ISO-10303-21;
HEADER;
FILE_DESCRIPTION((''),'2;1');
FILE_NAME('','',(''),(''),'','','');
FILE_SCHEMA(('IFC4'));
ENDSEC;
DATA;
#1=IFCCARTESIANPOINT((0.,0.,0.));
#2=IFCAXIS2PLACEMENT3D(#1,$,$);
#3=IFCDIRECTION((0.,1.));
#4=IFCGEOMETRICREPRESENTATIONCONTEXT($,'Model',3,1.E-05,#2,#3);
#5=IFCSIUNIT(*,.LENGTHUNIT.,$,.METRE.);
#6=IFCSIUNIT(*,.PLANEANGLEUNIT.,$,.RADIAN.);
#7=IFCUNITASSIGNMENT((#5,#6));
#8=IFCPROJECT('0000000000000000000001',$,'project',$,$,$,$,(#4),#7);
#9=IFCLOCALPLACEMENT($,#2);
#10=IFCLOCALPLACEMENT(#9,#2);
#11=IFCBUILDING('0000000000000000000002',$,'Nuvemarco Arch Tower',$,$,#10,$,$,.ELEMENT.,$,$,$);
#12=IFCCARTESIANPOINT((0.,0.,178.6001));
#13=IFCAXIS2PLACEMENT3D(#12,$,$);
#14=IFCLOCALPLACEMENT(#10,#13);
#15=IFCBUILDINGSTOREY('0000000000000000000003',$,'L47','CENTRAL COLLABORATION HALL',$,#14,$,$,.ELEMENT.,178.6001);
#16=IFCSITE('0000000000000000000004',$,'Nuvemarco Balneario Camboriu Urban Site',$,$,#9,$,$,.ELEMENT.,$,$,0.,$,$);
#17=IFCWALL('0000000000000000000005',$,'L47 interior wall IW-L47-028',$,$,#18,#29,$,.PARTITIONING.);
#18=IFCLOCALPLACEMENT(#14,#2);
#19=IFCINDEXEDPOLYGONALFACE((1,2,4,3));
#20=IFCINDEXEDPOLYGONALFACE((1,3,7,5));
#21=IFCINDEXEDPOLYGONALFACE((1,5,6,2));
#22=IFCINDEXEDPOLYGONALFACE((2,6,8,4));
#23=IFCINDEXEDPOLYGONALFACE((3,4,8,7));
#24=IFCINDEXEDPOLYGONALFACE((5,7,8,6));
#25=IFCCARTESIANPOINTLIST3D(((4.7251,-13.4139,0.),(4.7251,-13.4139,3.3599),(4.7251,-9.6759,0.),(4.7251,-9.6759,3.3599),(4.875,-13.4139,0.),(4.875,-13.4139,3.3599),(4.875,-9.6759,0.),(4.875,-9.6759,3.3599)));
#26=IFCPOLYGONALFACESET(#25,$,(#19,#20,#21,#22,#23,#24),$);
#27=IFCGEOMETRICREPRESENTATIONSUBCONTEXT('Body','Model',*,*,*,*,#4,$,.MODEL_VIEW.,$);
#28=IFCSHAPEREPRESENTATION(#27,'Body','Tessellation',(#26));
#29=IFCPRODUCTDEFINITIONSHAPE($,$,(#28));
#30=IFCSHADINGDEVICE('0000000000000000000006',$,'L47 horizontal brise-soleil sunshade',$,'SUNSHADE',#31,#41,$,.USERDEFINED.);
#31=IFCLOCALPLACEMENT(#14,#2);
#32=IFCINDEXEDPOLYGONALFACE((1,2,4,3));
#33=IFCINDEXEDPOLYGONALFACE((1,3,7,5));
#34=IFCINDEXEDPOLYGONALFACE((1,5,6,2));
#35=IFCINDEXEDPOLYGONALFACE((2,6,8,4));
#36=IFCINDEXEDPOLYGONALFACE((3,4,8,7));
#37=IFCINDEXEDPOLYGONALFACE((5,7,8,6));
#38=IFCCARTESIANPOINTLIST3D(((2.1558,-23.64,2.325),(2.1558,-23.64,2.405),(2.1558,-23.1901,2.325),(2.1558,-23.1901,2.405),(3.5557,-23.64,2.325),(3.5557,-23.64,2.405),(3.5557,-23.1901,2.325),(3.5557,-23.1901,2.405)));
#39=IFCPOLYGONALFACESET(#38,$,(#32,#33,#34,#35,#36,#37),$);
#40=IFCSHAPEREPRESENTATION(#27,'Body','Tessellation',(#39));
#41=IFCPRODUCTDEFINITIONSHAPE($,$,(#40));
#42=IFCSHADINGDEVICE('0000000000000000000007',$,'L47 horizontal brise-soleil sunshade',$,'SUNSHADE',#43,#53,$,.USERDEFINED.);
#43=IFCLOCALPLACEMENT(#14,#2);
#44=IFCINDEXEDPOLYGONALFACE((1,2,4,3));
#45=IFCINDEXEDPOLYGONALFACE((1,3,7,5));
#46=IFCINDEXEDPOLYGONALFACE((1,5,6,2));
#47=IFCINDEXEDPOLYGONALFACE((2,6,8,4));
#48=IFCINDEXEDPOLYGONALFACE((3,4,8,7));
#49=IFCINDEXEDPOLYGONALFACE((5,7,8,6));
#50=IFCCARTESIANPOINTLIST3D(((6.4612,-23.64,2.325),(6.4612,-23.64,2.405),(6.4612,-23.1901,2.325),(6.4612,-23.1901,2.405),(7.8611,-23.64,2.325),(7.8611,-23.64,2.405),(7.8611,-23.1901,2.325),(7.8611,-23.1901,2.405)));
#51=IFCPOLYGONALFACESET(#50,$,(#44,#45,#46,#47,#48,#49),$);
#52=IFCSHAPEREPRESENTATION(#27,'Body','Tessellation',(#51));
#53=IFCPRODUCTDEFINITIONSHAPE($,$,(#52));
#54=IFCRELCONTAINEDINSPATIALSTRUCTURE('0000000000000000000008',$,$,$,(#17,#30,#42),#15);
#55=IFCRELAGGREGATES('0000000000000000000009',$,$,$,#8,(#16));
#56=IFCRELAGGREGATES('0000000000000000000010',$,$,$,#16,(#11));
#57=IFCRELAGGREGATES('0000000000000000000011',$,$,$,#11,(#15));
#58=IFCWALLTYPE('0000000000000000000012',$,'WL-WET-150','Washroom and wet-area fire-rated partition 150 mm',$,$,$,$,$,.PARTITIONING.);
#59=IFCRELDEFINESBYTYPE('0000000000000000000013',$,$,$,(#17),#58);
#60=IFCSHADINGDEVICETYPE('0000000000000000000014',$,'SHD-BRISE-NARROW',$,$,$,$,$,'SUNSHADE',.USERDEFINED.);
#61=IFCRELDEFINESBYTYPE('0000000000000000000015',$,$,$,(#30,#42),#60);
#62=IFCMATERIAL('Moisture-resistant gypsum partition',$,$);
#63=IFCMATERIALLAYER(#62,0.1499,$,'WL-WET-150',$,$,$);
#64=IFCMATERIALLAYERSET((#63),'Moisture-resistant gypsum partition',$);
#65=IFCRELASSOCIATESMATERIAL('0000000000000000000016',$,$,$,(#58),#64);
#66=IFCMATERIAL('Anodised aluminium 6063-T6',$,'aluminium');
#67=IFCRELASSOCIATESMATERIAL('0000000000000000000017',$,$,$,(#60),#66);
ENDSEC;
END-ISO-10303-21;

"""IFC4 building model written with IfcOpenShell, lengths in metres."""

from ifc_helpers import new_model, si_unit, direction, frame, frame_2d, origin, origin_2d, place, context, subcontext, project, spatial, rectangle, extrude, source, transform, mapped, material, layer, layer_set, type_object, type_shapes, element, save


model = new_model("IFC4")

# Units and contexts
model_context = context("Model", 3, precision=1e-05, world=origin(), true_north=direction((0.0, 1.0)))
body_context = subcontext(model_context, "Body", "Model", "MODEL_VIEW")
ifc_project = project(units=[si_unit("LENGTHUNIT", "METRE"), si_unit("PLANEANGLEUNIT", "RADIAN")], contexts=[model_context])

# Site, building, storey
site_placement = place(None, origin())
site = spatial("IfcSite", under=ifc_project, at=site_placement, Name="Nuvemarco Balneario Camboriu Urban Site", CompositionType="ELEMENT", RefElevation=0.0)
building_placement = place(site_placement, origin())
building = spatial("IfcBuilding", under=site, at=building_placement, Name="Nuvemarco Arch Tower", CompositionType="ELEMENT")
storey_placement = place(building_placement, frame((0.0, 0.0, 178.6001)))
storey = spatial("IfcBuildingStorey", under=building, at=storey_placement, Name="L47", Description="CENTRAL COLLABORATION HALL", CompositionType="ELEMENT", Elevation=178.6001)

# Wall
ifc_material_1 = material(Name="Moisture-resistant gypsum partition")
ifc_layer_1 = layer(ifc_material_1, 0.1499, Name="WL-WET-150")
ifc_layer_set_1 = layer_set([ifc_layer_1], Name="Moisture-resistant gypsum partition")
wall_type_1 = type_object("IfcWallType", Name="WL-WET-150", Description="Washroom and wet-area fire-rated partition 150 mm", PredefinedType="PARTITIONING", material=ifc_layer_set_1)
for number, where, z_axis, x_axis, name in (
    (1, (4.8, -13.4141, 0.0), (0.0, 0.0, 1.0), (0.0, 1.0, 0.0), "L47 interior wall IW-L47-028"),
):
    element("IfcWall", number, at=place(storey_placement, frame(where, z_axis=z_axis, x_axis=x_axis)), inside=storey, type_object=wall_type_1, Name=name, PredefinedType="PARTITIONING", context=body_context, shape_type="SweptSolid", body=[
        extrude(rectangle(XDim=3.738, YDim=0.1499, at=frame_2d((1.8691, 0.0))), origin(), (0.0, 0.0, 1.0), 3.3599),
    ])

# Shading devices
ifc_material_2 = material(Name="Anodised aluminium 6063-T6", Category="aluminium")
shading_device_type = type_object("IfcShadingDeviceType", Name="SHD-BRISE-NARROW", ElementType="SUNSHADE", PredefinedType="USERDEFINED", material=ifc_material_2)
shared_shape_1 = source(origin(), body_context, "Body", "SweptSolid", [
    extrude(rectangle(XDim=1.3999, YDim=0.45, at=origin_2d()), origin(), (0.0, 0.0, 1.0), 0.0801),
])
type_shapes(shading_device_type, [shared_shape_1])
for number, where, z_axis, x_axis, name in (
    (2, (2.8557, -23.415, 2.325), (0.0, 0.0, 1.0), (1.0, 0.0, 0.0), "L47 horizontal brise-soleil sunshade"),
    (3, (7.1611, -23.415, 2.325), (0.0, 0.0, 1.0), (1.0, 0.0, 0.0), "L47 horizontal brise-soleil sunshade"),
):
    element("IfcShadingDevice", number, at=place(storey_placement, frame(where, z_axis=z_axis, x_axis=x_axis)), inside=storey, type_object=shading_device_type, Name=name, ObjectType="SUNSHADE", PredefinedType="USERDEFINED", context=body_context, shape_type="MappedRepresentation", body=[
        mapped(shared_shape_1, transform((0.0, 0.0, 0.0), scale=1.0)),
    ])

save(model, "model.ifc")
